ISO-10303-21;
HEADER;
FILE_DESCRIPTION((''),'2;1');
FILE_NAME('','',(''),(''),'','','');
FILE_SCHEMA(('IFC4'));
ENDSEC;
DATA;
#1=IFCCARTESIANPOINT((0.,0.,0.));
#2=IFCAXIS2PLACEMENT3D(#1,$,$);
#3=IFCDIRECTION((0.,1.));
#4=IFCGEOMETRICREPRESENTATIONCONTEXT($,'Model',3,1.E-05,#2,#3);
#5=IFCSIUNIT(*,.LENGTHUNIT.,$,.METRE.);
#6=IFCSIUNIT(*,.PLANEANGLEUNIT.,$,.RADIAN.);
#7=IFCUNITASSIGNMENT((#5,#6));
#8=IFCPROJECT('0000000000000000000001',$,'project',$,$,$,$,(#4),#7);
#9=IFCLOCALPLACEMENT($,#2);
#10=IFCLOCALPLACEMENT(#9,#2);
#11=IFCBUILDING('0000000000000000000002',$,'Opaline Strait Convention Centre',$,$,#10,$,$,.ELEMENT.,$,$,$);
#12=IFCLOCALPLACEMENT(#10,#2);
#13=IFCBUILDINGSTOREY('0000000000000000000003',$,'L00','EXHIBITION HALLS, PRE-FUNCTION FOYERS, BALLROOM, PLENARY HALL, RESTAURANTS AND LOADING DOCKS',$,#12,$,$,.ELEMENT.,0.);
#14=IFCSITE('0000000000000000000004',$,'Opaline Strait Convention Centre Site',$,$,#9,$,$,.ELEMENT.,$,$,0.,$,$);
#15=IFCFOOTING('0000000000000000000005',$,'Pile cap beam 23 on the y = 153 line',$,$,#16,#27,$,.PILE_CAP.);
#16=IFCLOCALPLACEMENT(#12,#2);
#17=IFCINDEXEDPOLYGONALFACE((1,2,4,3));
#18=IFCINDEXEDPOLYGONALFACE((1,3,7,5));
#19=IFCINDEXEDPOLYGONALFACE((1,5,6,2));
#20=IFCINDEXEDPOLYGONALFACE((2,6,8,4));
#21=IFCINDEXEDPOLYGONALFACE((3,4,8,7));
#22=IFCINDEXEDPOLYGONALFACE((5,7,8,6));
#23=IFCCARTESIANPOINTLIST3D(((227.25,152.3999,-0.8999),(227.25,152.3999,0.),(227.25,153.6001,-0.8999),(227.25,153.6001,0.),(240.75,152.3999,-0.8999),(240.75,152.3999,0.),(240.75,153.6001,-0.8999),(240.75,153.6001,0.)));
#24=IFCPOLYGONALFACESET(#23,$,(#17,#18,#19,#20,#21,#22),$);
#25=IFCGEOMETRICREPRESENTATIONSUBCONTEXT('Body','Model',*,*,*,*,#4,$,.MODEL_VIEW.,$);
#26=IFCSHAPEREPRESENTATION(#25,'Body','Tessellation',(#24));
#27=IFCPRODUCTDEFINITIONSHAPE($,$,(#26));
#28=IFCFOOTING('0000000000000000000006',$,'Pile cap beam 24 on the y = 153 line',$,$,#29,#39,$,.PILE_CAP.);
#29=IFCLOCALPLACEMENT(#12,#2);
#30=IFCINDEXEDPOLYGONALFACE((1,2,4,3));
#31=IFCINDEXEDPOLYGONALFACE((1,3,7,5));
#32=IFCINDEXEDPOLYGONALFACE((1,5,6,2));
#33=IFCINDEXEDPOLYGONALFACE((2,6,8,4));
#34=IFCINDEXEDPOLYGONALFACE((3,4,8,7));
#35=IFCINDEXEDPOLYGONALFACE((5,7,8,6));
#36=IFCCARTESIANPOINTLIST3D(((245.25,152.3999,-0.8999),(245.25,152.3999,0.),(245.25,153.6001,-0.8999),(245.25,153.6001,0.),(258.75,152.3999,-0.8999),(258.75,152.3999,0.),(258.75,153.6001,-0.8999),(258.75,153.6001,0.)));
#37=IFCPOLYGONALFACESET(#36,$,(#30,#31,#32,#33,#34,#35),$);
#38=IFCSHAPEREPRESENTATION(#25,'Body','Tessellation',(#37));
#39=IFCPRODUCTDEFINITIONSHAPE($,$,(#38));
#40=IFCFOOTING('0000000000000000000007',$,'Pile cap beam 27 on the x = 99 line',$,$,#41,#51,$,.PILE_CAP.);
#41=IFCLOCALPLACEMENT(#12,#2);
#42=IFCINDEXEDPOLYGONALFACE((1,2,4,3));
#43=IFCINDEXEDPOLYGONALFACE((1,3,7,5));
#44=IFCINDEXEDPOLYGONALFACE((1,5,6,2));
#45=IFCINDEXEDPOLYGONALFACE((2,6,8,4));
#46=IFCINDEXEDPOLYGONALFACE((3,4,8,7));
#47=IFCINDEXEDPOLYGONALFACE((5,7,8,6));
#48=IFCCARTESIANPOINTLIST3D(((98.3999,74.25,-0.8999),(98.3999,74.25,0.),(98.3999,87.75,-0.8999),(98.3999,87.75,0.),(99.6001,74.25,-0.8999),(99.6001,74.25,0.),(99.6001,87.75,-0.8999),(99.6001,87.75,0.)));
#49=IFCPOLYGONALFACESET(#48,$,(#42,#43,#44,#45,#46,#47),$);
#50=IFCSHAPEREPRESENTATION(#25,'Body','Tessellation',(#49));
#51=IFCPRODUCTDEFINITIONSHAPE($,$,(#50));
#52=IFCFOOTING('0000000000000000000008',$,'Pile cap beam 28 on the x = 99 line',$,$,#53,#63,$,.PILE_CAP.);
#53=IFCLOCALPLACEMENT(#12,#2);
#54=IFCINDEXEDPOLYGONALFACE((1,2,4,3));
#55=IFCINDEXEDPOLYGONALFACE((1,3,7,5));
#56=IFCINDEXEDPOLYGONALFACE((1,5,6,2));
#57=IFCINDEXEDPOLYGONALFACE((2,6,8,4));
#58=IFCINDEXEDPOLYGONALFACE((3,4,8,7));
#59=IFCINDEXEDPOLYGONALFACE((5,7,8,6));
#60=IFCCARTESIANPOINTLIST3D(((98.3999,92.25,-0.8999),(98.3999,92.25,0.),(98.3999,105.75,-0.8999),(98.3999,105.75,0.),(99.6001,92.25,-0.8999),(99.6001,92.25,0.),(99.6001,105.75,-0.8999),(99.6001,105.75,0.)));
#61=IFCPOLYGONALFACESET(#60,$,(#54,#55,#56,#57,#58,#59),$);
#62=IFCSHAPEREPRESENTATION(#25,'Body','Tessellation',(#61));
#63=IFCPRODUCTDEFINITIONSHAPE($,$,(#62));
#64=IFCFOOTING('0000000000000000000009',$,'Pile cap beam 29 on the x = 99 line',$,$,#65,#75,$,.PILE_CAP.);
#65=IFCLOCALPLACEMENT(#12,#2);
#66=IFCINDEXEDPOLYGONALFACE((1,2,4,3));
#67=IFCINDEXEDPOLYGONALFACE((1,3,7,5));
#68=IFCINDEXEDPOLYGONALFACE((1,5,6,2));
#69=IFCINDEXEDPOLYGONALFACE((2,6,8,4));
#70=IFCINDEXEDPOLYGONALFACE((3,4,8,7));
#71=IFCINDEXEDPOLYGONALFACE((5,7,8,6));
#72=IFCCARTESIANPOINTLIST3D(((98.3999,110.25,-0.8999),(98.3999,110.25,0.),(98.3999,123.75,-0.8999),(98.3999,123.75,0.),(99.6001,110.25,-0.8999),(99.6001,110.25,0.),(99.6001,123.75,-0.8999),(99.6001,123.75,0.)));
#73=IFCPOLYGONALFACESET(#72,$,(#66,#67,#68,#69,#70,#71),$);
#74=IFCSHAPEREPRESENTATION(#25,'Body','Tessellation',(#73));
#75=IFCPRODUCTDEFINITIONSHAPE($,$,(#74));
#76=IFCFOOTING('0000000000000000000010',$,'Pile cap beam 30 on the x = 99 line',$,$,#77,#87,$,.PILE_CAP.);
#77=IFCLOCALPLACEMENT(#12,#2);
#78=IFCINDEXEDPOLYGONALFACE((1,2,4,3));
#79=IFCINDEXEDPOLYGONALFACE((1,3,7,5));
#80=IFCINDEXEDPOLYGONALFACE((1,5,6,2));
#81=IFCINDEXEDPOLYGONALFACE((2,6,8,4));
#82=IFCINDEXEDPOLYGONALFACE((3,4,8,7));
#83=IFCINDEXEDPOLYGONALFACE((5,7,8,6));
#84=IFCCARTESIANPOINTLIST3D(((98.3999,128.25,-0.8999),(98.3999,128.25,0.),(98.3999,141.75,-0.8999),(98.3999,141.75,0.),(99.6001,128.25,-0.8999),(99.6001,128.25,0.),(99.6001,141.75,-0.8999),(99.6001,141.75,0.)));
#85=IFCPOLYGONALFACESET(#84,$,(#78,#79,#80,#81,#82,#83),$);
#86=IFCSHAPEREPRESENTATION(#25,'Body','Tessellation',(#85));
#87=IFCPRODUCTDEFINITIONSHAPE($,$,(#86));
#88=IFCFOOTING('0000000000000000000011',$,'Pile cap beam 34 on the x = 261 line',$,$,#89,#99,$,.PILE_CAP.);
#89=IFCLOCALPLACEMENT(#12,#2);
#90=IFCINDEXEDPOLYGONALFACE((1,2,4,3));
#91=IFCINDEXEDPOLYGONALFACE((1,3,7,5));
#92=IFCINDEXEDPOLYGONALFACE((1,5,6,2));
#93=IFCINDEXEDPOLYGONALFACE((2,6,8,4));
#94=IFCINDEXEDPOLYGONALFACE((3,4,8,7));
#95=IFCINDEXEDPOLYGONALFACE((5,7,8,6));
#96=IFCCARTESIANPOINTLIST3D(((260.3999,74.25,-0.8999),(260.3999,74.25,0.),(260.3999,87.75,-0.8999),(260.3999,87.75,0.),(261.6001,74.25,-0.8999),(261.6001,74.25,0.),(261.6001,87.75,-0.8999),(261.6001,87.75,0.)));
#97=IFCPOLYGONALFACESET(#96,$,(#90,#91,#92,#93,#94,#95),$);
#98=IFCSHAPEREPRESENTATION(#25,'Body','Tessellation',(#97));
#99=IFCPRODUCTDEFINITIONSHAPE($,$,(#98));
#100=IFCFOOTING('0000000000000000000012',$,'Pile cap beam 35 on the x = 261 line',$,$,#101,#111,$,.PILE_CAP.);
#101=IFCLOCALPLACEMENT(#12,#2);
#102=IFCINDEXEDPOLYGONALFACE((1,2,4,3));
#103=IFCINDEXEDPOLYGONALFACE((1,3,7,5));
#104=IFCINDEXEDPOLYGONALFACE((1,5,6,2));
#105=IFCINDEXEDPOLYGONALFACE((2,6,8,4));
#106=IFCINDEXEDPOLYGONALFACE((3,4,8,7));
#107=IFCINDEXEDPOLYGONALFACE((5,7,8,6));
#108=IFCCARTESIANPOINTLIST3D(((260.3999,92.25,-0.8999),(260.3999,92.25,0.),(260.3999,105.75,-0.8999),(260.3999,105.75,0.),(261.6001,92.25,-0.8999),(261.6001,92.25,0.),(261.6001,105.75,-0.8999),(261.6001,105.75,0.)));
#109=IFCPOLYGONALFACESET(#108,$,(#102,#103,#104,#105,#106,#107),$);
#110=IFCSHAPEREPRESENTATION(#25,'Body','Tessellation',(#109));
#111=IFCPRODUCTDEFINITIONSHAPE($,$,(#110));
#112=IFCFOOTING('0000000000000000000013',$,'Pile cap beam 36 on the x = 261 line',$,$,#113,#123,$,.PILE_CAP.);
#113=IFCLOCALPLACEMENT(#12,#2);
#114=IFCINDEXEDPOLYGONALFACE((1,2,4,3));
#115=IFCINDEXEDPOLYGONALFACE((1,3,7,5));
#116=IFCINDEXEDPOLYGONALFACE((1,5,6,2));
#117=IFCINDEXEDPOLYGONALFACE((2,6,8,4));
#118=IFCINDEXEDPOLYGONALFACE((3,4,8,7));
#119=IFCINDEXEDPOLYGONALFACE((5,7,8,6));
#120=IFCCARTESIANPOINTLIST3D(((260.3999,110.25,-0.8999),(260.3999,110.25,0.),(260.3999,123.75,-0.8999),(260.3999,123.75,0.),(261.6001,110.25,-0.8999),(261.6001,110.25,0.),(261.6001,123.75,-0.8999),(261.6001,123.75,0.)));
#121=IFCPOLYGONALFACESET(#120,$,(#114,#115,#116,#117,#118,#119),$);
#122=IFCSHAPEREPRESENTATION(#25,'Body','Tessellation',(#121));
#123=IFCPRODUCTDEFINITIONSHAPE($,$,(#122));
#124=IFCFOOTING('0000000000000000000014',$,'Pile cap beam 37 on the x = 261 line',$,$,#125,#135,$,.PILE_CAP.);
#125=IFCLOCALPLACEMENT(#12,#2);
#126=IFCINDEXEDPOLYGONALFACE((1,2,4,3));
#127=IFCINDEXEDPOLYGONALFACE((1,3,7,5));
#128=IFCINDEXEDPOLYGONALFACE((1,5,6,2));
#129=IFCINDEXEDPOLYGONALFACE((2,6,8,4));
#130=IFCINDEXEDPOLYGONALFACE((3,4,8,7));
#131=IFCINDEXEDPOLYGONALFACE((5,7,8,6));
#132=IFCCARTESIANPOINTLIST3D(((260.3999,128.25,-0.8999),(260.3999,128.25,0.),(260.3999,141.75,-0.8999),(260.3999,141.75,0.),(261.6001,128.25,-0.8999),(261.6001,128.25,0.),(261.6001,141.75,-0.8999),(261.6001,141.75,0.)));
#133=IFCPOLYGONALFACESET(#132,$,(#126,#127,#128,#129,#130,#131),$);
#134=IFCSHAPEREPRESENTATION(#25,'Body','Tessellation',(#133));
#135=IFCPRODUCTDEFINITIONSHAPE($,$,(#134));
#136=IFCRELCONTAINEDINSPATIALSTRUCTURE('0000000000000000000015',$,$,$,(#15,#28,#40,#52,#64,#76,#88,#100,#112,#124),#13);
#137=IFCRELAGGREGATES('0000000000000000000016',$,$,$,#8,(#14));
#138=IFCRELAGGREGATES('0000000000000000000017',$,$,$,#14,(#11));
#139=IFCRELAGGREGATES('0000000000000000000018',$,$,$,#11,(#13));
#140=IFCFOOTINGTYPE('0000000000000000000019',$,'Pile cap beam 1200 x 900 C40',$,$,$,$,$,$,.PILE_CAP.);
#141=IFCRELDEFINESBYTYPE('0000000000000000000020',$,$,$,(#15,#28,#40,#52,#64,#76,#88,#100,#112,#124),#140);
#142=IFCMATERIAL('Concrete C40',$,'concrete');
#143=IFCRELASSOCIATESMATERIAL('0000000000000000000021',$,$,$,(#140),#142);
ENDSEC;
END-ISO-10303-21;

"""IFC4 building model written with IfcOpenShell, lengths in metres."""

from ifc_helpers import new_model, si_unit, direction, frame, origin, place, context, subcontext, project, spatial, polyline, outline, extrude, material, type_object, element, save


model = new_model("IFC4")

# Units and contexts
model_context = context("Model", 3, precision=1e-05, world=origin(), true_north=direction((0.0, 1.0)))
body_context = subcontext(model_context, "Body", "Model", "MODEL_VIEW")
ifc_project = project(units=[si_unit("LENGTHUNIT", "METRE"), si_unit("PLANEANGLEUNIT", "RADIAN")], contexts=[model_context])

# Site, building, storey
site_placement = place(None, origin())
site = spatial("IfcSite", under=ifc_project, at=site_placement, Name="Opaline Strait Convention Centre Site", CompositionType="ELEMENT", RefElevation=0.0)
building_placement = place(site_placement, origin())
building = spatial("IfcBuilding", under=site, at=building_placement, Name="Opaline Strait Convention Centre", CompositionType="ELEMENT")
storey_placement = place(building_placement, origin())
storey = spatial("IfcBuildingStorey", under=building, at=storey_placement, Name="L00", Description="EXHIBITION HALLS, PRE-FUNCTION FOYERS, BALLROOM, PLENARY HALL, RESTAURANTS AND LOADING DOCKS", CompositionType="ELEMENT", Elevation=0.0)

# Footings
ifc_material_1 = material(Name="Concrete C40", Category="concrete")
footing_type_1 = type_object("IfcFootingType", Name="Pile cap beam 1200 x 900 C40", PredefinedType="PILE_CAP", material=ifc_material_1)
footing_1_placement = place(storey_placement, frame((0.0, 0.0, -0.8999)))
element("IfcFooting", 1, at=footing_1_placement, inside=storey, type_object=footing_type_1, Name="Pile cap beam 23 on the y = 153 line", PredefinedType="PILE_CAP", context=body_context, shape_type="SweptSolid", body=[
    extrude(outline(polyline([(227.25, 152.3999), (240.75, 152.3999), (240.75, 153.6001), (227.25, 153.6001), (227.25, 152.3999)])), origin(), (0.0, 0.0, 1.0), 0.8999),
])
footing_2_placement = place(storey_placement, frame((0.0, 0.0, -0.8999)))
element("IfcFooting", 2, at=footing_2_placement, inside=storey, type_object=footing_type_1, Name="Pile cap beam 24 on the y = 153 line", PredefinedType="PILE_CAP", context=body_context, shape_type="SweptSolid", body=[
    extrude(outline(polyline([(245.25, 152.3999), (258.75, 152.3999), (258.75, 153.6001), (245.25, 153.6001), (245.25, 152.3999)])), origin(), (0.0, 0.0, 1.0), 0.8999),
])
footing_3_placement = place(storey_placement, frame((0.0, 0.0, -0.8999)))
element("IfcFooting", 3, at=footing_3_placement, inside=storey, type_object=footing_type_1, Name="Pile cap beam 27 on the x = 99 line", PredefinedType="PILE_CAP", context=body_context, shape_type="SweptSolid", body=[
    extrude(outline(polyline([(98.3999, 74.25), (99.6001, 74.25), (99.6001, 87.75), (98.3999, 87.75), (98.3999, 74.25)])), origin(), (0.0, 0.0, 1.0), 0.8999),
])
footing_4_placement = place(storey_placement, frame((0.0, 0.0, -0.8999)))
element("IfcFooting", 4, at=footing_4_placement, inside=storey, type_object=footing_type_1, Name="Pile cap beam 28 on the x = 99 line", PredefinedType="PILE_CAP", context=body_context, shape_type="SweptSolid", body=[
    extrude(outline(polyline([(98.3999, 92.25), (99.6001, 92.25), (99.6001, 105.75), (98.3999, 105.75), (98.3999, 92.25)])), origin(), (0.0, 0.0, 1.0), 0.8999),
])
footing_5_placement = place(storey_placement, frame((0.0, 0.0, -0.8999)))
element("IfcFooting", 5, at=footing_5_placement, inside=storey, type_object=footing_type_1, Name="Pile cap beam 29 on the x = 99 line", PredefinedType="PILE_CAP", context=body_context, shape_type="SweptSolid", body=[
    extrude(outline(polyline([(98.3999, 110.25), (99.6001, 110.25), (99.6001, 123.75), (98.3999, 123.75), (98.3999, 110.25)])), origin(), (0.0, 0.0, 1.0), 0.8999),
])
footing_6_placement = place(storey_placement, frame((0.0, 0.0, -0.8999)))
element("IfcFooting", 6, at=footing_6_placement, inside=storey, type_object=footing_type_1, Name="Pile cap beam 30 on the x = 99 line", PredefinedType="PILE_CAP", context=body_context, shape_type="SweptSolid", body=[
    extrude(outline(polyline([(98.3999, 128.25), (99.6001, 128.25), (99.6001, 141.75), (98.3999, 141.75), (98.3999, 128.25)])), origin(), (0.0, 0.0, 1.0), 0.8999),
])
footing_7_placement = place(storey_placement, frame((0.0, 0.0, -0.8999)))
element("IfcFooting", 7, at=footing_7_placement, inside=storey, type_object=footing_type_1, Name="Pile cap beam 34 on the x = 261 line", PredefinedType="PILE_CAP", context=body_context, shape_type="SweptSolid", body=[
    extrude(outline(polyline([(260.3999, 74.25), (261.6001, 74.25), (261.6001, 87.75), (260.3999, 87.75), (260.3999, 74.25)])), origin(), (0.0, 0.0, 1.0), 0.8999),
])
footing_8_placement = place(storey_placement, frame((0.0, 0.0, -0.8999)))
element("IfcFooting", 8, at=footing_8_placement, inside=storey, type_object=footing_type_1, Name="Pile cap beam 35 on the x = 261 line", PredefinedType="PILE_CAP", context=body_context, shape_type="SweptSolid", body=[
    extrude(outline(polyline([(260.3999, 92.25), (261.6001, 92.25), (261.6001, 105.75), (260.3999, 105.75), (260.3999, 92.25)])), origin(), (0.0, 0.0, 1.0), 0.8999),
])
footing_9_placement = place(storey_placement, frame((0.0, 0.0, -0.8999)))
element("IfcFooting", 9, at=footing_9_placement, inside=storey, type_object=footing_type_1, Name="Pile cap beam 36 on the x = 261 line", PredefinedType="PILE_CAP", context=body_context, shape_type="SweptSolid", body=[
    extrude(outline(polyline([(260.3999, 110.25), (261.6001, 110.25), (261.6001, 123.75), (260.3999, 123.75), (260.3999, 110.25)])), origin(), (0.0, 0.0, 1.0), 0.8999),
])
footing_10_placement = place(storey_placement, frame((0.0, 0.0, -0.8999)))
element("IfcFooting", 10, at=footing_10_placement, inside=storey, type_object=footing_type_1, Name="Pile cap beam 37 on the x = 261 line", PredefinedType="PILE_CAP", context=body_context, shape_type="SweptSolid", body=[
    extrude(outline(polyline([(260.3999, 128.25), (261.6001, 128.25), (261.6001, 141.75), (260.3999, 141.75), (260.3999, 128.25)])), origin(), (0.0, 0.0, 1.0), 0.8999),
])

save(model, "model.ifc")
